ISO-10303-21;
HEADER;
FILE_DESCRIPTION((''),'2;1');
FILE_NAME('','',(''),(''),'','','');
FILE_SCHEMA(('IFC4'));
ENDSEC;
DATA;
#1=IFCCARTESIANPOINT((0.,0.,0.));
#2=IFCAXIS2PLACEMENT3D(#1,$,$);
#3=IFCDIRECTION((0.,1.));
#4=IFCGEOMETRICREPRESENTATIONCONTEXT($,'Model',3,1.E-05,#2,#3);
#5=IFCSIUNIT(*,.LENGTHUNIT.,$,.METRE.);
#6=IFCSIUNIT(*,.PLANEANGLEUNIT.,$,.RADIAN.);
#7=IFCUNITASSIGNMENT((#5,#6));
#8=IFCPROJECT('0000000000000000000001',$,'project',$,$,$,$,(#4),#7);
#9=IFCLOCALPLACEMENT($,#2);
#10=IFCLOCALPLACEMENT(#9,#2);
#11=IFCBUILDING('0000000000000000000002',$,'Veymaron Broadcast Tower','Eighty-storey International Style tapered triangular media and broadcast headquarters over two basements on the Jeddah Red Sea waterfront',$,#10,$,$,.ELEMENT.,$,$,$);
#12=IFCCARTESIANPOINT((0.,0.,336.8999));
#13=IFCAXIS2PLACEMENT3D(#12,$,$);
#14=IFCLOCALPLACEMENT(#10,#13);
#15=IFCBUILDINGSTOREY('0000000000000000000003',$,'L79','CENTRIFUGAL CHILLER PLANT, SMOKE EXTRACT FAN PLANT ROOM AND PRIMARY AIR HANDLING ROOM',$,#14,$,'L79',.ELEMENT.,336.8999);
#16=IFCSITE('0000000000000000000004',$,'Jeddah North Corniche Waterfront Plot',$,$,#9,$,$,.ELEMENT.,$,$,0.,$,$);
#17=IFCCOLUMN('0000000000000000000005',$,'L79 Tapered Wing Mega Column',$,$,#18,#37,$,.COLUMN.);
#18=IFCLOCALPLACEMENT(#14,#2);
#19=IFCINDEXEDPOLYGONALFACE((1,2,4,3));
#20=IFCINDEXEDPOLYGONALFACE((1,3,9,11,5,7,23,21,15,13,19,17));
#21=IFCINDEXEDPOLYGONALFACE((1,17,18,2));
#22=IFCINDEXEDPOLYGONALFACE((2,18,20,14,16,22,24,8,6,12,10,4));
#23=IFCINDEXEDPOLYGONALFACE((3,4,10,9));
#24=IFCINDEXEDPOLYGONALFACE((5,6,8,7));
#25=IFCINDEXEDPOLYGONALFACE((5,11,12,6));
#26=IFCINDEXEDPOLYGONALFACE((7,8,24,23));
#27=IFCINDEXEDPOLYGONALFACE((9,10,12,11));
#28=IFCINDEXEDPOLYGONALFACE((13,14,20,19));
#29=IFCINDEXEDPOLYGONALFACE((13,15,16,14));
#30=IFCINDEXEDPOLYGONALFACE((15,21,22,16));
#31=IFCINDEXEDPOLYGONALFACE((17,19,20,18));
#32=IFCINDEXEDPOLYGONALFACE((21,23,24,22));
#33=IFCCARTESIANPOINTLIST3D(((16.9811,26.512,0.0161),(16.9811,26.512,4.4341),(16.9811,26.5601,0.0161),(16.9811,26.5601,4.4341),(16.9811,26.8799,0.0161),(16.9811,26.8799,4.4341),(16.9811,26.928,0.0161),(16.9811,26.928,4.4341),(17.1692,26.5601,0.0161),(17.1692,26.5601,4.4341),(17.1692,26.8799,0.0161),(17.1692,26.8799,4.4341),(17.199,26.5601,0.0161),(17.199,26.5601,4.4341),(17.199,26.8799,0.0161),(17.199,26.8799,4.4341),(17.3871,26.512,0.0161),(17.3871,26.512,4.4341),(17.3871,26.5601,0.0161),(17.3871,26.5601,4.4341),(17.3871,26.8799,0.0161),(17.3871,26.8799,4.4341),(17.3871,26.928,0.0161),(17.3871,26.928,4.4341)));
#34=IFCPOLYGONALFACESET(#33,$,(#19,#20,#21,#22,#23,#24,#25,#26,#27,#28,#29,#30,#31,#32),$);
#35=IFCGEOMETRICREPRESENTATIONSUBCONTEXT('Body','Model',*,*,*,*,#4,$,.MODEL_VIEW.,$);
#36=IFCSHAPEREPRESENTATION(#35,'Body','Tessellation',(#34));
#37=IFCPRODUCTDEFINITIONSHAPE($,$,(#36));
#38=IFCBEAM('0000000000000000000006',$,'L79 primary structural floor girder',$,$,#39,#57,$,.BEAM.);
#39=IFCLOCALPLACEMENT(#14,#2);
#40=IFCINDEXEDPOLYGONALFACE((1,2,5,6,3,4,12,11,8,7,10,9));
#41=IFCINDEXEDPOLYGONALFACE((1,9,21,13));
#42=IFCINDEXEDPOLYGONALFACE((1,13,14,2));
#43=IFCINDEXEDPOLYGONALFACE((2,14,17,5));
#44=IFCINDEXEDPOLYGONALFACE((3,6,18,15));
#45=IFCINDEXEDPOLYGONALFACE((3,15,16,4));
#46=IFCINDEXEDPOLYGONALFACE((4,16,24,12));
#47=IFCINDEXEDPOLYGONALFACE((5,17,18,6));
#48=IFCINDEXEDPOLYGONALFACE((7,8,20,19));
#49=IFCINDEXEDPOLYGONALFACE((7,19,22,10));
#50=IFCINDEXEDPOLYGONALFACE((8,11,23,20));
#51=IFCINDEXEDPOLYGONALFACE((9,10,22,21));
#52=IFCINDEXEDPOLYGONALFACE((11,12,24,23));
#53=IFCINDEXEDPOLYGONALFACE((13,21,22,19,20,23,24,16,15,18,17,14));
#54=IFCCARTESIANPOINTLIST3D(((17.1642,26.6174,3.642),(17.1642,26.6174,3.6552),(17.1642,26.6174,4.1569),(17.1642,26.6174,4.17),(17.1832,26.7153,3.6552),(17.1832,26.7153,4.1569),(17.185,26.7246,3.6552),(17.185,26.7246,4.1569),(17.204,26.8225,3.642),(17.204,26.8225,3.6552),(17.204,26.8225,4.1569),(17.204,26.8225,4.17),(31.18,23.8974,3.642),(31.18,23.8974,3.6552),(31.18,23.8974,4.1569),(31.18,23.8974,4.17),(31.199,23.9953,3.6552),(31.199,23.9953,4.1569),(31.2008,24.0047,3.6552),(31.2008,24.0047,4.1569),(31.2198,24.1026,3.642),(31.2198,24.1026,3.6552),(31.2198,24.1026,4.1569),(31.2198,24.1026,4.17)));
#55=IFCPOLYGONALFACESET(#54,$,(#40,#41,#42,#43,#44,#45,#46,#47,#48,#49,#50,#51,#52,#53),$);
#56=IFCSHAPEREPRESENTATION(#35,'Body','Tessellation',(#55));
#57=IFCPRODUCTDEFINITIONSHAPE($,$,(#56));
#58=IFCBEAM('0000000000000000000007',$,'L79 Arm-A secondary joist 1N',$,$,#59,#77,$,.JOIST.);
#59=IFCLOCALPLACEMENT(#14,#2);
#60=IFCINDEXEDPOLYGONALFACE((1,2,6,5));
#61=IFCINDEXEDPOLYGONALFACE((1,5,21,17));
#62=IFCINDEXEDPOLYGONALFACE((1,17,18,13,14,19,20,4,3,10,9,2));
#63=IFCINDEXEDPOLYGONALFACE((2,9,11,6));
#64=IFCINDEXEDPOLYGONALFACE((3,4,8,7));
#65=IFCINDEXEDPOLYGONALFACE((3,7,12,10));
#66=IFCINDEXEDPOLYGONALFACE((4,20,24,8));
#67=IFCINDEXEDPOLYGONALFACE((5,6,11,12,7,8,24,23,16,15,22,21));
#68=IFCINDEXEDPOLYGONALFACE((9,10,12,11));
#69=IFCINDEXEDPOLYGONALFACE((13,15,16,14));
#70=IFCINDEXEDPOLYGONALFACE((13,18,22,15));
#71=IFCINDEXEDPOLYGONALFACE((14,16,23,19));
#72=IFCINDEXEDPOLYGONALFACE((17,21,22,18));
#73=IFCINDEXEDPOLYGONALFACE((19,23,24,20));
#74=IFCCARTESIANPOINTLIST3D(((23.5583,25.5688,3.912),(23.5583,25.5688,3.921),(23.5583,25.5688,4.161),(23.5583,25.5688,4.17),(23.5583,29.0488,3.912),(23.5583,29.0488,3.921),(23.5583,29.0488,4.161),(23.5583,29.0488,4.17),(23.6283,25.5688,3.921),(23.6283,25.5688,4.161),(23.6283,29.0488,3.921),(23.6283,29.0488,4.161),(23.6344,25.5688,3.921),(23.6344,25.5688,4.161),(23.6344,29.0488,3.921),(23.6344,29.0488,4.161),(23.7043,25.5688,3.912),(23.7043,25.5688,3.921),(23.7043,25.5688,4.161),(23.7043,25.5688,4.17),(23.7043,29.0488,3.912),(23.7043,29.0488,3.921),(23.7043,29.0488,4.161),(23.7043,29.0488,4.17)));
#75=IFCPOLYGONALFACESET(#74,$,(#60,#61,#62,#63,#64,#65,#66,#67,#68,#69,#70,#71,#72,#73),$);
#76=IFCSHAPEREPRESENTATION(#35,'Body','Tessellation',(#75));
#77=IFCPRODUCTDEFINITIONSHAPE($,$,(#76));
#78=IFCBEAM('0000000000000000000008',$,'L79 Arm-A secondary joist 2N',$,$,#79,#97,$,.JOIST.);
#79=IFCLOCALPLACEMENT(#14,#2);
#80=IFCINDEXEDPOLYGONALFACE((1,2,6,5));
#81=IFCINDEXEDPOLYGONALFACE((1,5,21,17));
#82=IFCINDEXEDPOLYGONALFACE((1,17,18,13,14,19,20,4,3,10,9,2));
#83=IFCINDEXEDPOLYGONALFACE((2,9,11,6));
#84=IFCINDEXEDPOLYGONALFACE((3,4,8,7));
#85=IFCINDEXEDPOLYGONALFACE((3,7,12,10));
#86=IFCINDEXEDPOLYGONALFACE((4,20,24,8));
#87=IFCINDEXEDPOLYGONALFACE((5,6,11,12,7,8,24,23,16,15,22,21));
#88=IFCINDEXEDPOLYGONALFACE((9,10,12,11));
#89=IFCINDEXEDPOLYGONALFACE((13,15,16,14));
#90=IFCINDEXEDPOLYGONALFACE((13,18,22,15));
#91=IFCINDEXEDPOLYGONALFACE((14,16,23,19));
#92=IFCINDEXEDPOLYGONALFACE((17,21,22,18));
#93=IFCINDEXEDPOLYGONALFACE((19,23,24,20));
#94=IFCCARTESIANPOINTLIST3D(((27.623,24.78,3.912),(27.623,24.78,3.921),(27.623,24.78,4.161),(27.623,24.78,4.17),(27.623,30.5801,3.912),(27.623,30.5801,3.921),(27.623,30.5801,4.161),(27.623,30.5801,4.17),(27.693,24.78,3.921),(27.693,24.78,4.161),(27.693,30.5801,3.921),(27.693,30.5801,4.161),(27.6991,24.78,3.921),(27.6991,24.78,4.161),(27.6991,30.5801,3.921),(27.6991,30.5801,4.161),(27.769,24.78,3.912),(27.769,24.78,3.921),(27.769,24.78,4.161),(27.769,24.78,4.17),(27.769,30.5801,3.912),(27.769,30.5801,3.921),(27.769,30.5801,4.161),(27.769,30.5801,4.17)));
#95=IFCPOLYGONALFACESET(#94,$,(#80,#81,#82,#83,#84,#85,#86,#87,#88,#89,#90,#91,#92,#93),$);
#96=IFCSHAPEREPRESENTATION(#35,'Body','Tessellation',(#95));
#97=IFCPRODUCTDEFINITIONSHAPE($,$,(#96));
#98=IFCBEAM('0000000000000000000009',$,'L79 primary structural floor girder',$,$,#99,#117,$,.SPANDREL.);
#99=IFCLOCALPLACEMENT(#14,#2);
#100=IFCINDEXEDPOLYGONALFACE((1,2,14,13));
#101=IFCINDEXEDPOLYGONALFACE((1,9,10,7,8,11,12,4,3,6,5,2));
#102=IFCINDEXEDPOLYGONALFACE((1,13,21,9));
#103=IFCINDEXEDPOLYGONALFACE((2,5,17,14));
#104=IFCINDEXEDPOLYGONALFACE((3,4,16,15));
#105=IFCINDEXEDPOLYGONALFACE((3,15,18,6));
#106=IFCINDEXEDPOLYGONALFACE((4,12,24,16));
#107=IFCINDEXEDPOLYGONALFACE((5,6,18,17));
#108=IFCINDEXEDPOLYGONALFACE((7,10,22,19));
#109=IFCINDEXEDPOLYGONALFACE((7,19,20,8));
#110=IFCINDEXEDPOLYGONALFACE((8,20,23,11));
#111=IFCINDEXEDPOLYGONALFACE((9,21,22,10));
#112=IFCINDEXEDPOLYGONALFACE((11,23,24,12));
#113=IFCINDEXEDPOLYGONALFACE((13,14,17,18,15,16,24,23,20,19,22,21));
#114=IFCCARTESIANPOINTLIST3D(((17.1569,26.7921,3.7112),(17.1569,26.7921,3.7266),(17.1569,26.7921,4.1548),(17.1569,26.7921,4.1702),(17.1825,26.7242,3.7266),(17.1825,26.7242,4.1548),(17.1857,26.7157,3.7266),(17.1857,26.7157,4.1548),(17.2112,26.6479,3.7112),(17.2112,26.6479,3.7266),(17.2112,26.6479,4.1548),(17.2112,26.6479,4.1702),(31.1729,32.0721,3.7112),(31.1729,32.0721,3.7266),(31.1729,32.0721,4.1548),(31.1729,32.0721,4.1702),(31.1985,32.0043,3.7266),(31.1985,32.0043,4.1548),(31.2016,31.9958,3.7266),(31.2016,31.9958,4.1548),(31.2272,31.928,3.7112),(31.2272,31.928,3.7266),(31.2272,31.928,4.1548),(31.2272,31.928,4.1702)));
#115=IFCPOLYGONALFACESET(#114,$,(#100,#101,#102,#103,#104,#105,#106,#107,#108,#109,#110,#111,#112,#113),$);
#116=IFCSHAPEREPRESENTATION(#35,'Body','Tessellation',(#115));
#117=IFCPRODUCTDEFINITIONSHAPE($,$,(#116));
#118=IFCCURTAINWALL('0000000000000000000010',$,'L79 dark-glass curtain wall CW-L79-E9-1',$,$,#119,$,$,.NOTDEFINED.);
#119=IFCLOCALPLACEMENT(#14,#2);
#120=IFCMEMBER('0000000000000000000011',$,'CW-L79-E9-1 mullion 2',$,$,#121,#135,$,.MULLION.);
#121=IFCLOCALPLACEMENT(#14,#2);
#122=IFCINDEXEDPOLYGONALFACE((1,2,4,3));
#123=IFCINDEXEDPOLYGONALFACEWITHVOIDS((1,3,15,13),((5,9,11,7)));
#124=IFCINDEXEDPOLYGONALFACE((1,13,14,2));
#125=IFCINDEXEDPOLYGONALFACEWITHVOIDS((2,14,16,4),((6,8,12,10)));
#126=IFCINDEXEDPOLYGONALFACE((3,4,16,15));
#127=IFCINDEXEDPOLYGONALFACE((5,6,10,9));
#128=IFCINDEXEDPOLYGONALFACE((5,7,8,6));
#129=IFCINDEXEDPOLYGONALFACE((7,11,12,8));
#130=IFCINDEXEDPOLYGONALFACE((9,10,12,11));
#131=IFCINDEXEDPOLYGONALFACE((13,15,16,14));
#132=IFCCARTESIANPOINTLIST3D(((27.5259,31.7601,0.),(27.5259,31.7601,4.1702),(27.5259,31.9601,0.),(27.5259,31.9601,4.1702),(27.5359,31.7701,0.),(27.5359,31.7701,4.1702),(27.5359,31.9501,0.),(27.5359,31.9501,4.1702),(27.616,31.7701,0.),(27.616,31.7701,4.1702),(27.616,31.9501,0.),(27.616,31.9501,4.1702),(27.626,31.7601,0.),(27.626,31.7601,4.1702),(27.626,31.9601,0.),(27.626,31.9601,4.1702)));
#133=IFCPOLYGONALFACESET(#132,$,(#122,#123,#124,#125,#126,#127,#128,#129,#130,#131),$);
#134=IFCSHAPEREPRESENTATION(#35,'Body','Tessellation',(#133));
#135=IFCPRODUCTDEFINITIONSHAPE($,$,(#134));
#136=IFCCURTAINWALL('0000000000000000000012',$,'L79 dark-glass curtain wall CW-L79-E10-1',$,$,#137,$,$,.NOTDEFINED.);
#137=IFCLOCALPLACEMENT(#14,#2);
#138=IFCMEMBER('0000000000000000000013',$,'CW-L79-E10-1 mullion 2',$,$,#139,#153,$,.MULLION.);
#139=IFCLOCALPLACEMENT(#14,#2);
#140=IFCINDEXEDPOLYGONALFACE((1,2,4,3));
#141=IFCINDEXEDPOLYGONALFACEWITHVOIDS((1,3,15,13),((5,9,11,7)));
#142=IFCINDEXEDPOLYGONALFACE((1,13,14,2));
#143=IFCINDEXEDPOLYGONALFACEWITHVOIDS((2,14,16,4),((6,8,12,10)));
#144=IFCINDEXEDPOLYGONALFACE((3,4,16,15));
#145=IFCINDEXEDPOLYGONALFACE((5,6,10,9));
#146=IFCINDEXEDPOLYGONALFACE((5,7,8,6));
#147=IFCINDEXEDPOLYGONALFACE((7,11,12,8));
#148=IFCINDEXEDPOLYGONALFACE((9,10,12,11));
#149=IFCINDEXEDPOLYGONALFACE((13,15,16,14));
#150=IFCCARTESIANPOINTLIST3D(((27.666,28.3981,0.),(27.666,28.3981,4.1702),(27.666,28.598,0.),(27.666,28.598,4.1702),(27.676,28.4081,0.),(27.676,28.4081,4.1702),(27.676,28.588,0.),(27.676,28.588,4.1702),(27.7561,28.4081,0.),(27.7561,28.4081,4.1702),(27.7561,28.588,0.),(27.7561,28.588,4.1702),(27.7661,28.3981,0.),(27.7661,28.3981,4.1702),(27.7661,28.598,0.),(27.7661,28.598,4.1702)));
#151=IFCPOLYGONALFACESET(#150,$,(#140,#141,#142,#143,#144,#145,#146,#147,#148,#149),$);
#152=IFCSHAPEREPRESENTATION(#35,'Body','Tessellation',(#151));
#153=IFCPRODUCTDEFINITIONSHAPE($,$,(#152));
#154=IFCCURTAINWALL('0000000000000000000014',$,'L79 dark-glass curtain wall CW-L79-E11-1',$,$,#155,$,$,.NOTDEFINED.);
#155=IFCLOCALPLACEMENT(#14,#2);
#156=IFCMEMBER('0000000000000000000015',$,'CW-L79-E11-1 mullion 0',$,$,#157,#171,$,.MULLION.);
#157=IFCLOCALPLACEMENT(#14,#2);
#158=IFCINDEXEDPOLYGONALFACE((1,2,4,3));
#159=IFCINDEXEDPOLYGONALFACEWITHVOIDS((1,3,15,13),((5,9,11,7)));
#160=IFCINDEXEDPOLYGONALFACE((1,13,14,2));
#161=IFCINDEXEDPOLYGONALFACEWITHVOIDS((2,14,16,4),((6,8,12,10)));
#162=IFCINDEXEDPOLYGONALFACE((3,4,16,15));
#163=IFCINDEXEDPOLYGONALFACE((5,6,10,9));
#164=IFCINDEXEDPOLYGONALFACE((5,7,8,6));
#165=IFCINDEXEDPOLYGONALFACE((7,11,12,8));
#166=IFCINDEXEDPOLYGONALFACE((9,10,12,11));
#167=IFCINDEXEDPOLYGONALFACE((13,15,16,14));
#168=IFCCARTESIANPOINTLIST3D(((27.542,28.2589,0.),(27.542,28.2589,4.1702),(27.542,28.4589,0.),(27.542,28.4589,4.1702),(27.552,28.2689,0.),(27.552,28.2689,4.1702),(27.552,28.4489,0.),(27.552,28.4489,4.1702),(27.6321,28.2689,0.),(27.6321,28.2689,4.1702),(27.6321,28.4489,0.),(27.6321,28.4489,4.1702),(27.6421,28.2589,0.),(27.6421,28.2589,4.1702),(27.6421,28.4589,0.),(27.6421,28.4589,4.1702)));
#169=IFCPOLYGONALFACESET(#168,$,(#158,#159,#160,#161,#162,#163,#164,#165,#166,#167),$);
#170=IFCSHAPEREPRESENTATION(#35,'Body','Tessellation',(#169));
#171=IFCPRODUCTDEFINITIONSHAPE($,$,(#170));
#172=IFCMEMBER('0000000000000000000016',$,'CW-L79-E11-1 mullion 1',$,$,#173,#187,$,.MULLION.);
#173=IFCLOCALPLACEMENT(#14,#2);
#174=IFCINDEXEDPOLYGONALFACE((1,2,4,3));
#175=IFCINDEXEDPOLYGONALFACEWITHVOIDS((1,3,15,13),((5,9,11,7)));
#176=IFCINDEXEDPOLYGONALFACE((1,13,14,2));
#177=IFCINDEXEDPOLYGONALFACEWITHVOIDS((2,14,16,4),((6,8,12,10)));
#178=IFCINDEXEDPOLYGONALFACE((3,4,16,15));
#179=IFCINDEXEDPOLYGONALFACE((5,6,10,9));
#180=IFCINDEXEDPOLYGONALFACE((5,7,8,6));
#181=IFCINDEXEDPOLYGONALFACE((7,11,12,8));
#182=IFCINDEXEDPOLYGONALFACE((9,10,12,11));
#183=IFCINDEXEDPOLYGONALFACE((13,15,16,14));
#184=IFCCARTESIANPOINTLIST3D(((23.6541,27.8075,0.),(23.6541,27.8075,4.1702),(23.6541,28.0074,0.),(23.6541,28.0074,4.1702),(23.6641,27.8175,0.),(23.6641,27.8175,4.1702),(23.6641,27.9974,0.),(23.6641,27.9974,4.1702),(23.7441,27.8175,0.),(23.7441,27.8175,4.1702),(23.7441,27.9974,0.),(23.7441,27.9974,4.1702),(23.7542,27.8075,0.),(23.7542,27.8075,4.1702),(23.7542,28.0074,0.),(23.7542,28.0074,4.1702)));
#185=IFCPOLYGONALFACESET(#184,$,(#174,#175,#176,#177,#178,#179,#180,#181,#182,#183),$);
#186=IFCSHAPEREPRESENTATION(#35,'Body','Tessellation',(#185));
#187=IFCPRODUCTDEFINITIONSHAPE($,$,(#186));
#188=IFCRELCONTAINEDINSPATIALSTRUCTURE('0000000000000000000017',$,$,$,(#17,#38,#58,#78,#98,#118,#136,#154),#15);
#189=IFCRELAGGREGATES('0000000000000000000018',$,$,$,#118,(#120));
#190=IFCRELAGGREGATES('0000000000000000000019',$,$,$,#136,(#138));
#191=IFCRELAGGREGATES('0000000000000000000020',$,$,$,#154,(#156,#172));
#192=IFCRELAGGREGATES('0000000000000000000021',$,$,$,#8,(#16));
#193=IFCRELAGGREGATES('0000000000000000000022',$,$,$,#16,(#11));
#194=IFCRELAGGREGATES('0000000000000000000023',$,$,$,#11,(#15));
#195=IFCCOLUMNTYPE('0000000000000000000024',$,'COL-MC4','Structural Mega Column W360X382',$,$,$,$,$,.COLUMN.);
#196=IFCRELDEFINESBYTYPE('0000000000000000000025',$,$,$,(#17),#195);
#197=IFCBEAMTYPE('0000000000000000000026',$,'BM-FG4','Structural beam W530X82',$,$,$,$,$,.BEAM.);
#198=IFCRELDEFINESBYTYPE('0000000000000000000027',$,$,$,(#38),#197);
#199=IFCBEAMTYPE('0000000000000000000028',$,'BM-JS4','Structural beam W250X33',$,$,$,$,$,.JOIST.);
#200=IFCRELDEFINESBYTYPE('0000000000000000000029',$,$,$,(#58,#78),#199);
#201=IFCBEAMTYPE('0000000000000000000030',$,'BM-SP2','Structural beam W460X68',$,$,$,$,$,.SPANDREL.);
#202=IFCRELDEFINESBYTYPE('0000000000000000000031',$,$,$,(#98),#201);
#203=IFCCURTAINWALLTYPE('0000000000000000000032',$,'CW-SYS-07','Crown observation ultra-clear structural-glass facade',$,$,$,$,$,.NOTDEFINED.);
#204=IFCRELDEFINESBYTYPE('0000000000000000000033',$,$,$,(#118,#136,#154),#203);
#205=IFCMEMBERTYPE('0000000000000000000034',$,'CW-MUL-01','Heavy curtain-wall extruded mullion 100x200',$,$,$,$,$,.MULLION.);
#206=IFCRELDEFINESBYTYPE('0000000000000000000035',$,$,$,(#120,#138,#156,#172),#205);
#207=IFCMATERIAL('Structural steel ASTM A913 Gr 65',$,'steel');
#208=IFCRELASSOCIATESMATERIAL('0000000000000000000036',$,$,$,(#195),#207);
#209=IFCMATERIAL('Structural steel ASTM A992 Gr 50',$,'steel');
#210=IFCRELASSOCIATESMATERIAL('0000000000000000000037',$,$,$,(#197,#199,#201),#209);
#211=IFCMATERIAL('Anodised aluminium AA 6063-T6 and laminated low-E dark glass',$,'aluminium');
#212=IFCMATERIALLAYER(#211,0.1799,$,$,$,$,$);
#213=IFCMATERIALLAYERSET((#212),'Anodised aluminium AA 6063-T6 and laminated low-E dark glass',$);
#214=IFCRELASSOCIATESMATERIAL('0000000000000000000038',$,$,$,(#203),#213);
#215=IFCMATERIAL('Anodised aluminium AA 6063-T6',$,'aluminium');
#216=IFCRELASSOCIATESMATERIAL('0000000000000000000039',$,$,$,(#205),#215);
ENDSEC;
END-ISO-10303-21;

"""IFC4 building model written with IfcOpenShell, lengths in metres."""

from ifc_helpers import new_model, si_unit, direction, frame, origin, origin_2d, place, context, subcontext, project, spatial, hollow_rectangle, i_section, extrude, material, layer, layer_set, material_profile, profile_set, type_object, element, aggregate, save


model = new_model("IFC4")

# Units and contexts
model_context = context("Model", 3, precision=1e-05, world=origin(), true_north=direction((0.0, 1.0)))
body_context = subcontext(model_context, "Body", "Model", "MODEL_VIEW")
ifc_project = project(units=[si_unit("LENGTHUNIT", "METRE"), si_unit("PLANEANGLEUNIT", "RADIAN")], contexts=[model_context])

# Site, building, storey
site_placement = place(None, origin())
site = spatial("IfcSite", under=ifc_project, at=site_placement, Name="Jeddah North Corniche Waterfront Plot", CompositionType="ELEMENT", RefElevation=0.0)
building_placement = place(site_placement, origin())
building = spatial("IfcBuilding", under=site, at=building_placement, Name="Veymaron Broadcast Tower", Description="Eighty-storey International Style tapered triangular media and broadcast headquarters over two basements on the Jeddah Red Sea waterfront", CompositionType="ELEMENT")
storey_placement = place(building_placement, frame((0.0, 0.0, 336.8999)))
storey = spatial("IfcBuildingStorey", under=building, at=storey_placement, Name="L79", Description="CENTRIFUGAL CHILLER PLANT, SMOKE EXTRACT FAN PLANT ROOM AND PRIMARY AIR HANDLING ROOM", LongName="L79", CompositionType="ELEMENT", Elevation=336.8999)

# Column
ifc_material_1 = material(Name="Structural steel ASTM A913 Gr 65", Category="steel")
ifc_material_profile_1 = material_profile(ifc_material_1, i_section(OverallWidth=0.406, OverallDepth=0.416, WebThickness=0.0298, FlangeThickness=0.0481, at=origin_2d()), Name="W360X382")
ifc_profile_set_1 = profile_set([ifc_material_profile_1], Name="Structural steel ASTM A913 Gr 65")
column_type = type_object("IfcColumnType", Name="COL-MC4", Description="Structural Mega Column W360X382", PredefinedType="COLUMN", material=ifc_profile_set_1)
column_placement = place(storey_placement, frame((17.1841, 26.72, 0.0161), z_axis=(0.0, 0.0, 1.0), x_axis=(1.0, 0.0, 0.0)))
element("IfcColumn", 1, at=column_placement, inside=storey, type_object=column_type, Name="L79 Tapered Wing Mega Column", PredefinedType="COLUMN", context=body_context, shape_type="SweptSolid", body=[
    extrude(i_section(OverallWidth=0.406, OverallDepth=0.416, WebThickness=0.0298, FlangeThickness=0.0481, at=origin_2d()), origin(), (0.0, 0.0, 1.0), 4.418),
])

# Beams
ifc_material_2 = material(Name="Structural steel ASTM A992 Gr 50", Category="steel")
ifc_material_profile_2 = material_profile(ifc_material_2, i_section(OverallWidth=0.209, OverallDepth=0.5281, WebThickness=0.0095, FlangeThickness=0.0132, at=origin_2d()), Name="W530X82")
ifc_profile_set_2 = profile_set([ifc_material_profile_2], Name="Structural steel ASTM A992 Gr 50")
beam_type_1 = type_object("IfcBeamType", Name="BM-FG4", Description="Structural beam W530X82", PredefinedType="BEAM", material=ifc_profile_set_2)
beam_1_placement = place(storey_placement, frame((17.1841, 26.72, 3.906), z_axis=(0.981685, -0.190509, 0.0), x_axis=(0.190509, 0.981685, 0.0)))
element("IfcBeam", 2, at=beam_1_placement, inside=storey, type_object=beam_type_1, Name="L79 primary structural floor girder", PredefinedType="BEAM", context=body_context, shape_type="SweptSolid", body=[
    extrude(i_section(OverallWidth=0.209, OverallDepth=0.5281, WebThickness=0.0095, FlangeThickness=0.0132, at=origin_2d()), origin(), (0.0, 0.0, 1.0), 14.2773),
])
ifc_material_profile_3 = material_profile(ifc_material_2, i_section(OverallWidth=0.146, OverallDepth=0.2581, WebThickness=0.0061, FlangeThickness=0.009, at=origin_2d()), Name="W250X33")
ifc_profile_set_3 = profile_set([ifc_material_profile_3], Name="Structural steel ASTM A992 Gr 50")
beam_type_2 = type_object("IfcBeamType", Name="BM-JS4", Description="Structural beam W250X33", PredefinedType="JOIST", material=ifc_profile_set_3)
beam_2_placement = place(storey_placement, frame((23.6313, 25.5688, 4.041), z_axis=(0.0, 1.0, 0.0), x_axis=(-1.0, 0.0, 0.0)))
element("IfcBeam", 3, at=beam_2_placement, inside=storey, type_object=beam_type_2, Name="L79 Arm-A secondary joist 1N", PredefinedType="JOIST", context=body_context, shape_type="SweptSolid", body=[
    extrude(i_section(OverallWidth=0.146, OverallDepth=0.2581, WebThickness=0.0061, FlangeThickness=0.009, at=origin_2d()), origin(), (0.0, 0.0, 1.0), 3.48),
])
beam_3_placement = place(storey_placement, frame((27.696, 24.78, 4.041), z_axis=(0.0, 1.0, 0.0), x_axis=(-1.0, 0.0, 0.0)))
element("IfcBeam", 4, at=beam_3_placement, inside=storey, type_object=beam_type_2, Name="L79 Arm-A secondary joist 2N", PredefinedType="JOIST", context=body_context, shape_type="SweptSolid", body=[
    extrude(i_section(OverallWidth=0.146, OverallDepth=0.2581, WebThickness=0.0061, FlangeThickness=0.009, at=origin_2d()), origin(), (0.0, 0.0, 1.0), 5.8),
])
ifc_material_profile_4 = material_profile(ifc_material_2, i_section(OverallWidth=0.1541, OverallDepth=0.459, WebThickness=0.009, FlangeThickness=0.0154, at=origin_2d()), Name="W460X68")
ifc_profile_set_4 = profile_set([ifc_material_profile_4], Name="Structural steel ASTM A992 Gr 50")
beam_type_3 = type_object("IfcBeamType", Name="BM-SP2", Description="Structural beam W460X68", PredefinedType="SPANDREL", material=ifc_profile_set_4)
beam_4_placement = place(storey_placement, frame((17.1841, 26.72, 3.9407), z_axis=(0.9358, 0.352532, 0.0), x_axis=(-0.352532, 0.9358, 0.0)))
element("IfcBeam", 5, at=beam_4_placement, inside=storey, type_object=beam_type_3, Name="L79 primary structural floor girder", PredefinedType="SPANDREL", context=body_context, shape_type="SweptSolid", body=[
    extrude(i_section(OverallWidth=0.1541, OverallDepth=0.459, WebThickness=0.009, FlangeThickness=0.0154, at=origin_2d()), origin(), (0.0, 0.0, 1.0), 14.9775),
])

# Curtain walls, members
ifc_material_3 = material(Name="Anodised aluminium AA 6063-T6 and laminated low-E dark glass", Category="aluminium")
ifc_layer_1 = layer(ifc_material_3, 0.1799)
ifc_layer_set_1 = layer_set([ifc_layer_1], Name="Anodised aluminium AA 6063-T6 and laminated low-E dark glass")
curtain_wall_type = type_object("IfcCurtainWallType", Name="CW-SYS-07", Description="Crown observation ultra-clear structural-glass facade", PredefinedType="NOTDEFINED", material=ifc_layer_set_1)
curtain_wall_1_placement = place(storey_placement, origin())
curtain_wall_1 = element("IfcCurtainWall", 6, at=curtain_wall_1_placement, inside=storey, type_object=curtain_wall_type, Name="L79 dark-glass curtain wall CW-L79-E9-1", PredefinedType="NOTDEFINED")
ifc_material_4 = material(Name="Anodised aluminium AA 6063-T6", Category="aluminium")
ifc_material_profile_5 = material_profile(ifc_material_4, hollow_rectangle(XDim=0.1001, YDim=0.2, WallThickness=0.01, at=origin_2d()), Name="RHS200X100X10")
ifc_profile_set_5 = profile_set([ifc_material_profile_5], Name="Anodised aluminium AA 6063-T6")
member_type_1 = type_object("IfcMemberType", Name="CW-MUL-01", Description="Heavy curtain-wall extruded mullion 100x200", PredefinedType="MULLION", material=ifc_profile_set_5)
member_1_placement = place(storey_placement, frame((27.5759, 31.8601, 0.0), z_axis=(0.0, 0.0, 1.0), x_axis=(1.0, 0.0, 0.0)))
member_1 = element("IfcMember", 7, at=member_1_placement, type_object=member_type_1, Name="CW-L79-E9-1 mullion 2", PredefinedType="MULLION", context=body_context, shape_type="SweptSolid", body=[
    extrude(hollow_rectangle(XDim=0.1001, YDim=0.2, WallThickness=0.01, at=origin_2d()), origin(), (0.0, 0.0, 1.0), 4.1702),
])
aggregate(curtain_wall_1, [member_1])
curtain_wall_2_placement = place(storey_placement, origin())
curtain_wall_2 = element("IfcCurtainWall", 8, at=curtain_wall_2_placement, inside=storey, type_object=curtain_wall_type, Name="L79 dark-glass curtain wall CW-L79-E10-1", PredefinedType="NOTDEFINED")
member_2_placement = place(storey_placement, frame((27.7161, 28.498, 0.0), z_axis=(0.0, 0.0, 1.0), x_axis=(1.0, 0.0, 0.0)))
member_2 = element("IfcMember", 9, at=member_2_placement, type_object=member_type_1, Name="CW-L79-E10-1 mullion 2", PredefinedType="MULLION", context=body_context, shape_type="SweptSolid", body=[
    extrude(hollow_rectangle(XDim=0.1001, YDim=0.2, WallThickness=0.01, at=origin_2d()), origin(), (0.0, 0.0, 1.0), 4.1702),
])

# Curtain wall, members
curtain_wall_3_placement = place(storey_placement, origin())
curtain_wall_3 = element("IfcCurtainWall", 10, at=curtain_wall_3_placement, inside=storey, type_object=curtain_wall_type, Name="L79 dark-glass curtain wall CW-L79-E11-1", PredefinedType="NOTDEFINED")
member_3_placement = place(storey_placement, frame((27.592, 28.3589, 0.0), z_axis=(0.0, 0.0, 1.0), x_axis=(1.0, 0.0, 0.0)))
member_3 = element("IfcMember", 11, at=member_3_placement, type_object=member_type_1, Name="CW-L79-E11-1 mullion 0", PredefinedType="MULLION", context=body_context, shape_type="SweptSolid", body=[
    extrude(hollow_rectangle(XDim=0.1001, YDim=0.2, WallThickness=0.01, at=origin_2d()), origin(), (0.0, 0.0, 1.0), 4.1702),
])
member_4_placement = place(storey_placement, frame((23.7041, 27.9075, 0.0), z_axis=(0.0, 0.0, 1.0), x_axis=(1.0, 0.0, 0.0)))
member_4 = element("IfcMember", 12, at=member_4_placement, type_object=member_type_1, Name="CW-L79-E11-1 mullion 1", PredefinedType="MULLION", context=body_context, shape_type="SweptSolid", body=[
    extrude(hollow_rectangle(XDim=0.1001, YDim=0.2, WallThickness=0.01, at=origin_2d()), origin(), (0.0, 0.0, 1.0), 4.1702),
])

aggregate(curtain_wall_2, [member_2])
aggregate(curtain_wall_3, [member_3, member_4])

save(model, "model.ifc")
